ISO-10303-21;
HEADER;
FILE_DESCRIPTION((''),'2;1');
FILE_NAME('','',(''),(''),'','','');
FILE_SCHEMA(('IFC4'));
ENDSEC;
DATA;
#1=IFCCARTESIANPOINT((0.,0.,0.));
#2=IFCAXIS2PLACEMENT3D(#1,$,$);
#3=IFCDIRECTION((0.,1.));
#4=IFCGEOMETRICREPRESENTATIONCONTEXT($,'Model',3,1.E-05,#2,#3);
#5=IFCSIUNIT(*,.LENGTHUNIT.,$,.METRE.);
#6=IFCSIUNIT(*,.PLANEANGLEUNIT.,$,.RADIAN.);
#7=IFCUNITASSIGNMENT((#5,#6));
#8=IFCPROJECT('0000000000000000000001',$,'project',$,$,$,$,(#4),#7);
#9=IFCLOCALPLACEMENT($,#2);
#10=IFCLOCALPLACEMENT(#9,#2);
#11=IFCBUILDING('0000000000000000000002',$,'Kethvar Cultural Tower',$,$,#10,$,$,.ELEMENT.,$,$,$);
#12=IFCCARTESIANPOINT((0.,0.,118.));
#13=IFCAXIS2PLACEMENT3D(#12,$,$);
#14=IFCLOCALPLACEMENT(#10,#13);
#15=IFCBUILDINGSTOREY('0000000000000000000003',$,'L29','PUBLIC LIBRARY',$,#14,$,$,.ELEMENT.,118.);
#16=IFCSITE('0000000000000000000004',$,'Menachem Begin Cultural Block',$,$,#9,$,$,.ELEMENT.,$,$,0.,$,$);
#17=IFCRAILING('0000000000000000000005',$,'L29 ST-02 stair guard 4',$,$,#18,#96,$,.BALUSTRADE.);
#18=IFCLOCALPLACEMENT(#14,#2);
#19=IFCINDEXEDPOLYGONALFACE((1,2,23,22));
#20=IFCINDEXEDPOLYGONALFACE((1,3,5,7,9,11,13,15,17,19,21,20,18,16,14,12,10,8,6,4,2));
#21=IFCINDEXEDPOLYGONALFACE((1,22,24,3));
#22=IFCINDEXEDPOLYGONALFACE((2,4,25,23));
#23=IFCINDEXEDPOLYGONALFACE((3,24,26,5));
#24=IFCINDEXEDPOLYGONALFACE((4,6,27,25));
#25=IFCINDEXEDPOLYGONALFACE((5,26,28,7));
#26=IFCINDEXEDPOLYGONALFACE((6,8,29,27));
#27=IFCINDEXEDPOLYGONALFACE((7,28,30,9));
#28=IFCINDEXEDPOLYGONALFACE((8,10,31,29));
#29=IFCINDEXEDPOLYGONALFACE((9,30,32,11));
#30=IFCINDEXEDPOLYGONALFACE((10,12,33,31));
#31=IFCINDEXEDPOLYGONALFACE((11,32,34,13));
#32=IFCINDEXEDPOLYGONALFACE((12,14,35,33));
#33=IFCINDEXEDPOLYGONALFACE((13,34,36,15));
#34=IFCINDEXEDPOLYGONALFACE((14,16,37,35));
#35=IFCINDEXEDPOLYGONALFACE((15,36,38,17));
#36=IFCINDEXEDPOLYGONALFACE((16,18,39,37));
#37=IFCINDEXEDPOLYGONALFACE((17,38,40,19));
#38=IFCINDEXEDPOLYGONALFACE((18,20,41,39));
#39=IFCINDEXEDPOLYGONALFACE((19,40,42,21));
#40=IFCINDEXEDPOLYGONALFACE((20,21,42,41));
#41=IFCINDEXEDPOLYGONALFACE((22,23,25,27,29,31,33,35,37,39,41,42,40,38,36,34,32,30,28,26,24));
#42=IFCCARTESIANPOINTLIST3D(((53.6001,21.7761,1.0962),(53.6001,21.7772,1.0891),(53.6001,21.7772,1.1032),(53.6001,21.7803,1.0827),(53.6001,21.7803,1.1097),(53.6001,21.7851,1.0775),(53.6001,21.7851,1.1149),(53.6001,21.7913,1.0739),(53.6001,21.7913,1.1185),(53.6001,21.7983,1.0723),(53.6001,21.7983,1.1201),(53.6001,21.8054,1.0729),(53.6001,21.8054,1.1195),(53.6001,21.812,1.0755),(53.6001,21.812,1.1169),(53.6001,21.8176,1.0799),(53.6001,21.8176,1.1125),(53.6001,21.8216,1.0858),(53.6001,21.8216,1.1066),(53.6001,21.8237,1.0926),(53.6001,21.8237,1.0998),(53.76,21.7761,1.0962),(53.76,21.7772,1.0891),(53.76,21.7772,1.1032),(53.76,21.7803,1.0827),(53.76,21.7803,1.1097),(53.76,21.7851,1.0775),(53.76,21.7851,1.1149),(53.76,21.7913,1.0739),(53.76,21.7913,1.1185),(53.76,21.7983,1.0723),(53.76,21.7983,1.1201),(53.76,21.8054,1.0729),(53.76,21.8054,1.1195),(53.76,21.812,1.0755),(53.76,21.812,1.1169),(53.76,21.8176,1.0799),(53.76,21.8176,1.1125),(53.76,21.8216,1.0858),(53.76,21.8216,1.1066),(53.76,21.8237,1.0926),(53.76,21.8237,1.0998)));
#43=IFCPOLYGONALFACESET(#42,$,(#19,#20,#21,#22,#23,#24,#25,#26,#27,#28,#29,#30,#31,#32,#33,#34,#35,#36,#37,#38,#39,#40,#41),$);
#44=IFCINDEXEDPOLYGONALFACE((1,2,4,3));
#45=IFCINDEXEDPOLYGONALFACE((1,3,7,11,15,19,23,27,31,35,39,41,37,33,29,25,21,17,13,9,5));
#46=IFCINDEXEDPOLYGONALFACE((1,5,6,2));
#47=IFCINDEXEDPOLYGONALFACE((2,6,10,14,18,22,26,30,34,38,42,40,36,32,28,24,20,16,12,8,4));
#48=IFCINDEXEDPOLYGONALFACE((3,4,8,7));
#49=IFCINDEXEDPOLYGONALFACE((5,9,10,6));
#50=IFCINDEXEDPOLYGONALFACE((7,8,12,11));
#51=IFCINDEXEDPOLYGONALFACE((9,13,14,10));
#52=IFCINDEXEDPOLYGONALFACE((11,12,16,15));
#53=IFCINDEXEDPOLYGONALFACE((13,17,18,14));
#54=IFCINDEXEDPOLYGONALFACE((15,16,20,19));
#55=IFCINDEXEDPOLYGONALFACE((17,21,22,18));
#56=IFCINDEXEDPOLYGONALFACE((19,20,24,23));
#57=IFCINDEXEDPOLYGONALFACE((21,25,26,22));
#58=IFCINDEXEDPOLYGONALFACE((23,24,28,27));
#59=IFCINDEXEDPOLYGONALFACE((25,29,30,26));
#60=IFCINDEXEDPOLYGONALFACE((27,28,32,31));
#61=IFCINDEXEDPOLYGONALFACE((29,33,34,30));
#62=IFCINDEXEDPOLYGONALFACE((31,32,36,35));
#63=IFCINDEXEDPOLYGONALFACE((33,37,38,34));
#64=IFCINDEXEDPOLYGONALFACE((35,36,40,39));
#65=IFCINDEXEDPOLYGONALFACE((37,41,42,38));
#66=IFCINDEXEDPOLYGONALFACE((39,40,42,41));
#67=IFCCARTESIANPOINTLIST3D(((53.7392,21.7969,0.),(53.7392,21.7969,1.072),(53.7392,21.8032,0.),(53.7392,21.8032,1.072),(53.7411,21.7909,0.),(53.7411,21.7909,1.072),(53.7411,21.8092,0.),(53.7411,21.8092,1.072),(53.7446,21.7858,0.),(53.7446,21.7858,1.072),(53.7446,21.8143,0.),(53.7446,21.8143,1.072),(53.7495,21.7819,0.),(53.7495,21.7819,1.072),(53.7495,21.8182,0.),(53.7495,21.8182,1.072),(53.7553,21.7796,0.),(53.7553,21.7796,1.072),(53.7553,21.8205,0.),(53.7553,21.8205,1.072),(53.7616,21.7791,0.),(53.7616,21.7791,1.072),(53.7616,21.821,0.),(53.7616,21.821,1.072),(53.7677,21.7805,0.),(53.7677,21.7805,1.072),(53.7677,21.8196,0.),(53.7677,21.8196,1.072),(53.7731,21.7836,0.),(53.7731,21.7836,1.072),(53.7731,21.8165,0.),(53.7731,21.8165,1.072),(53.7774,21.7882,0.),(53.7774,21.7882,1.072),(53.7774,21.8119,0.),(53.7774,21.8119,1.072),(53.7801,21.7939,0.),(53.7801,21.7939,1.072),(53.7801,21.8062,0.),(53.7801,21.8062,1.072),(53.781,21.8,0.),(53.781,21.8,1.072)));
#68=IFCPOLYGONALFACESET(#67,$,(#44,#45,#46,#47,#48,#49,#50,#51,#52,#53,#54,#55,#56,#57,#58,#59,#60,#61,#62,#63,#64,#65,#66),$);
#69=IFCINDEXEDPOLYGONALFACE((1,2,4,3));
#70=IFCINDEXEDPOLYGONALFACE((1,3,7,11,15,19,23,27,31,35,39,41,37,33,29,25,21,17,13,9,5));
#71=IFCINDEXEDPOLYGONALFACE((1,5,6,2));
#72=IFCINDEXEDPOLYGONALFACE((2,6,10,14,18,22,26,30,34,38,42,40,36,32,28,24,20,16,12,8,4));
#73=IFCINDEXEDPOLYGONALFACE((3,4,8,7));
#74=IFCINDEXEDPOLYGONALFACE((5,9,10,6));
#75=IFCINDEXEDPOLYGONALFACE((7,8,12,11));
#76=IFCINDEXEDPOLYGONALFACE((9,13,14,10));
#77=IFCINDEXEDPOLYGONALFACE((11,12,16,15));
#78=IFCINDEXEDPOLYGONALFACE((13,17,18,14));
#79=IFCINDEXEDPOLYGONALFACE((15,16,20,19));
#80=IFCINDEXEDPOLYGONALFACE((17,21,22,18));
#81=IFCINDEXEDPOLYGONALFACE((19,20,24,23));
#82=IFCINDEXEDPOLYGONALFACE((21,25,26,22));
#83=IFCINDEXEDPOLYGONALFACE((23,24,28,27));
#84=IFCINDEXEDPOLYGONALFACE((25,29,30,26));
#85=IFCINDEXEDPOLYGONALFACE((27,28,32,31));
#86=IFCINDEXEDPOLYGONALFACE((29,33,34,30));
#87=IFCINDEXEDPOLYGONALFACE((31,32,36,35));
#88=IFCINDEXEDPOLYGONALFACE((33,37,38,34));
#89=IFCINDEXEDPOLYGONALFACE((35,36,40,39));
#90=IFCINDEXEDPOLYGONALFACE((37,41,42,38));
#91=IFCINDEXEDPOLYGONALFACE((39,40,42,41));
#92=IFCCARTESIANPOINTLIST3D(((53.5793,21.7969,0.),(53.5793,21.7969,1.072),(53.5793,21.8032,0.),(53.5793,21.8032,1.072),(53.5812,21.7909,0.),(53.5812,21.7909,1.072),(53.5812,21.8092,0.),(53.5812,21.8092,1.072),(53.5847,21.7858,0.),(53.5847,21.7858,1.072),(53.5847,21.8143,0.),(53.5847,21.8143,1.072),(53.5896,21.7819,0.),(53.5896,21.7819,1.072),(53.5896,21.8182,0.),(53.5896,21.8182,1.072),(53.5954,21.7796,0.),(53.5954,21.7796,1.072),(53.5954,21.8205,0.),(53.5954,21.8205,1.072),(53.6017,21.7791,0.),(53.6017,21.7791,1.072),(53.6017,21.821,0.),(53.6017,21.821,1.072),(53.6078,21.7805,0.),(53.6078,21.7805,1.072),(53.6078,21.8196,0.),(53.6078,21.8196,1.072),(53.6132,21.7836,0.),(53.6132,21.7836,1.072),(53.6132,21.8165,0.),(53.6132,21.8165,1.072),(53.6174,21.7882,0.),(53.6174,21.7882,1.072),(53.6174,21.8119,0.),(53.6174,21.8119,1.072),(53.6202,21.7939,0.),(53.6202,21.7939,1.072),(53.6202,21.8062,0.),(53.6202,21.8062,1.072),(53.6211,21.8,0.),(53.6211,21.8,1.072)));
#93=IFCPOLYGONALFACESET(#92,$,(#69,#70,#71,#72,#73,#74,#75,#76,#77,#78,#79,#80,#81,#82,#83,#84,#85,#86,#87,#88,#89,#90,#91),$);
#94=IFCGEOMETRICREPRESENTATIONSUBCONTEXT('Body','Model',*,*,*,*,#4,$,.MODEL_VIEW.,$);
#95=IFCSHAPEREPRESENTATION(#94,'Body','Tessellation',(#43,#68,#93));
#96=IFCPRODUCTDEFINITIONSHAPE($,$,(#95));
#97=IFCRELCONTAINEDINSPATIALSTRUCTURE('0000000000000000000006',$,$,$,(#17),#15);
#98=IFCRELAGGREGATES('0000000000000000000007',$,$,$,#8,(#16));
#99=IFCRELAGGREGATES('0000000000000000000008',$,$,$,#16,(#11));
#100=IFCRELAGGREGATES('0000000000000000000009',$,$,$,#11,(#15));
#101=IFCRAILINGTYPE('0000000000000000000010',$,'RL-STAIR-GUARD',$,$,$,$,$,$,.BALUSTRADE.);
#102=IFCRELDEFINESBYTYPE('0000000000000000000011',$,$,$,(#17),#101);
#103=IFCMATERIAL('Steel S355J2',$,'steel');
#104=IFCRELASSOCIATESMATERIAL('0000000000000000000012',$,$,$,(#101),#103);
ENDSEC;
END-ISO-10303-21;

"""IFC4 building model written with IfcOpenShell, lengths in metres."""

from ifc_helpers import new_model, si_unit, direction, frame, origin, origin_2d, place, context, subcontext, project, spatial, circle, extrude, material, type_object, element, save


model = new_model("IFC4")

# Units and contexts
model_context = context("Model", 3, precision=1e-05, world=origin(), true_north=direction((0.0, 1.0)))
body_context = subcontext(model_context, "Body", "Model", "MODEL_VIEW")
ifc_project = project(units=[si_unit("LENGTHUNIT", "METRE"), si_unit("PLANEANGLEUNIT", "RADIAN")], contexts=[model_context])

# Site, building, storey
site_placement = place(None, origin())
site = spatial("IfcSite", under=ifc_project, at=site_placement, Name="Menachem Begin Cultural Block", CompositionType="ELEMENT", RefElevation=0.0)
building_placement = place(site_placement, origin())
building = spatial("IfcBuilding", under=site, at=building_placement, Name="Kethvar Cultural Tower", CompositionType="ELEMENT")
storey_placement = place(building_placement, frame((0.0, 0.0, 118.0)))
storey = spatial("IfcBuildingStorey", under=building, at=storey_placement, Name="L29", Description="PUBLIC LIBRARY", CompositionType="ELEMENT", Elevation=118.0)

# Shared definitions
ifc_material_1 = material(Name="Steel S355J2", Category="steel")

# Railing
railing_type_1 = type_object("IfcRailingType", Name="RL-STAIR-GUARD", PredefinedType="BALUSTRADE", material=ifc_material_1)
railing_1_placement = place(storey_placement, frame((53.76, 21.8, 0.0)))
element("IfcRailing", 1, at=railing_1_placement, inside=storey, type_object=railing_type_1, Name="L29 ST-02 stair guard 4", PredefinedType="BALUSTRADE", context=body_context, shape_type="SweptSolid", body=[
    extrude(circle(Radius=0.0239, at=origin_2d()), frame((0.0, 0.0, 1.0962), z_axis=(-1.0, 0.0, 0.0), x_axis=(0.0, -1.0, 0.0)), (0.0, 0.0, 1.0), 0.1599),
    extrude(circle(Radius=0.021, at=origin_2d()), origin(), (0.0, 0.0, 1.0), 1.072),
    extrude(circle(Radius=0.021, at=origin_2d()), frame((-0.1599, 0.0, 0.0)), (0.0, 0.0, 1.0), 1.072),
])

save(model, "model.ifc")
